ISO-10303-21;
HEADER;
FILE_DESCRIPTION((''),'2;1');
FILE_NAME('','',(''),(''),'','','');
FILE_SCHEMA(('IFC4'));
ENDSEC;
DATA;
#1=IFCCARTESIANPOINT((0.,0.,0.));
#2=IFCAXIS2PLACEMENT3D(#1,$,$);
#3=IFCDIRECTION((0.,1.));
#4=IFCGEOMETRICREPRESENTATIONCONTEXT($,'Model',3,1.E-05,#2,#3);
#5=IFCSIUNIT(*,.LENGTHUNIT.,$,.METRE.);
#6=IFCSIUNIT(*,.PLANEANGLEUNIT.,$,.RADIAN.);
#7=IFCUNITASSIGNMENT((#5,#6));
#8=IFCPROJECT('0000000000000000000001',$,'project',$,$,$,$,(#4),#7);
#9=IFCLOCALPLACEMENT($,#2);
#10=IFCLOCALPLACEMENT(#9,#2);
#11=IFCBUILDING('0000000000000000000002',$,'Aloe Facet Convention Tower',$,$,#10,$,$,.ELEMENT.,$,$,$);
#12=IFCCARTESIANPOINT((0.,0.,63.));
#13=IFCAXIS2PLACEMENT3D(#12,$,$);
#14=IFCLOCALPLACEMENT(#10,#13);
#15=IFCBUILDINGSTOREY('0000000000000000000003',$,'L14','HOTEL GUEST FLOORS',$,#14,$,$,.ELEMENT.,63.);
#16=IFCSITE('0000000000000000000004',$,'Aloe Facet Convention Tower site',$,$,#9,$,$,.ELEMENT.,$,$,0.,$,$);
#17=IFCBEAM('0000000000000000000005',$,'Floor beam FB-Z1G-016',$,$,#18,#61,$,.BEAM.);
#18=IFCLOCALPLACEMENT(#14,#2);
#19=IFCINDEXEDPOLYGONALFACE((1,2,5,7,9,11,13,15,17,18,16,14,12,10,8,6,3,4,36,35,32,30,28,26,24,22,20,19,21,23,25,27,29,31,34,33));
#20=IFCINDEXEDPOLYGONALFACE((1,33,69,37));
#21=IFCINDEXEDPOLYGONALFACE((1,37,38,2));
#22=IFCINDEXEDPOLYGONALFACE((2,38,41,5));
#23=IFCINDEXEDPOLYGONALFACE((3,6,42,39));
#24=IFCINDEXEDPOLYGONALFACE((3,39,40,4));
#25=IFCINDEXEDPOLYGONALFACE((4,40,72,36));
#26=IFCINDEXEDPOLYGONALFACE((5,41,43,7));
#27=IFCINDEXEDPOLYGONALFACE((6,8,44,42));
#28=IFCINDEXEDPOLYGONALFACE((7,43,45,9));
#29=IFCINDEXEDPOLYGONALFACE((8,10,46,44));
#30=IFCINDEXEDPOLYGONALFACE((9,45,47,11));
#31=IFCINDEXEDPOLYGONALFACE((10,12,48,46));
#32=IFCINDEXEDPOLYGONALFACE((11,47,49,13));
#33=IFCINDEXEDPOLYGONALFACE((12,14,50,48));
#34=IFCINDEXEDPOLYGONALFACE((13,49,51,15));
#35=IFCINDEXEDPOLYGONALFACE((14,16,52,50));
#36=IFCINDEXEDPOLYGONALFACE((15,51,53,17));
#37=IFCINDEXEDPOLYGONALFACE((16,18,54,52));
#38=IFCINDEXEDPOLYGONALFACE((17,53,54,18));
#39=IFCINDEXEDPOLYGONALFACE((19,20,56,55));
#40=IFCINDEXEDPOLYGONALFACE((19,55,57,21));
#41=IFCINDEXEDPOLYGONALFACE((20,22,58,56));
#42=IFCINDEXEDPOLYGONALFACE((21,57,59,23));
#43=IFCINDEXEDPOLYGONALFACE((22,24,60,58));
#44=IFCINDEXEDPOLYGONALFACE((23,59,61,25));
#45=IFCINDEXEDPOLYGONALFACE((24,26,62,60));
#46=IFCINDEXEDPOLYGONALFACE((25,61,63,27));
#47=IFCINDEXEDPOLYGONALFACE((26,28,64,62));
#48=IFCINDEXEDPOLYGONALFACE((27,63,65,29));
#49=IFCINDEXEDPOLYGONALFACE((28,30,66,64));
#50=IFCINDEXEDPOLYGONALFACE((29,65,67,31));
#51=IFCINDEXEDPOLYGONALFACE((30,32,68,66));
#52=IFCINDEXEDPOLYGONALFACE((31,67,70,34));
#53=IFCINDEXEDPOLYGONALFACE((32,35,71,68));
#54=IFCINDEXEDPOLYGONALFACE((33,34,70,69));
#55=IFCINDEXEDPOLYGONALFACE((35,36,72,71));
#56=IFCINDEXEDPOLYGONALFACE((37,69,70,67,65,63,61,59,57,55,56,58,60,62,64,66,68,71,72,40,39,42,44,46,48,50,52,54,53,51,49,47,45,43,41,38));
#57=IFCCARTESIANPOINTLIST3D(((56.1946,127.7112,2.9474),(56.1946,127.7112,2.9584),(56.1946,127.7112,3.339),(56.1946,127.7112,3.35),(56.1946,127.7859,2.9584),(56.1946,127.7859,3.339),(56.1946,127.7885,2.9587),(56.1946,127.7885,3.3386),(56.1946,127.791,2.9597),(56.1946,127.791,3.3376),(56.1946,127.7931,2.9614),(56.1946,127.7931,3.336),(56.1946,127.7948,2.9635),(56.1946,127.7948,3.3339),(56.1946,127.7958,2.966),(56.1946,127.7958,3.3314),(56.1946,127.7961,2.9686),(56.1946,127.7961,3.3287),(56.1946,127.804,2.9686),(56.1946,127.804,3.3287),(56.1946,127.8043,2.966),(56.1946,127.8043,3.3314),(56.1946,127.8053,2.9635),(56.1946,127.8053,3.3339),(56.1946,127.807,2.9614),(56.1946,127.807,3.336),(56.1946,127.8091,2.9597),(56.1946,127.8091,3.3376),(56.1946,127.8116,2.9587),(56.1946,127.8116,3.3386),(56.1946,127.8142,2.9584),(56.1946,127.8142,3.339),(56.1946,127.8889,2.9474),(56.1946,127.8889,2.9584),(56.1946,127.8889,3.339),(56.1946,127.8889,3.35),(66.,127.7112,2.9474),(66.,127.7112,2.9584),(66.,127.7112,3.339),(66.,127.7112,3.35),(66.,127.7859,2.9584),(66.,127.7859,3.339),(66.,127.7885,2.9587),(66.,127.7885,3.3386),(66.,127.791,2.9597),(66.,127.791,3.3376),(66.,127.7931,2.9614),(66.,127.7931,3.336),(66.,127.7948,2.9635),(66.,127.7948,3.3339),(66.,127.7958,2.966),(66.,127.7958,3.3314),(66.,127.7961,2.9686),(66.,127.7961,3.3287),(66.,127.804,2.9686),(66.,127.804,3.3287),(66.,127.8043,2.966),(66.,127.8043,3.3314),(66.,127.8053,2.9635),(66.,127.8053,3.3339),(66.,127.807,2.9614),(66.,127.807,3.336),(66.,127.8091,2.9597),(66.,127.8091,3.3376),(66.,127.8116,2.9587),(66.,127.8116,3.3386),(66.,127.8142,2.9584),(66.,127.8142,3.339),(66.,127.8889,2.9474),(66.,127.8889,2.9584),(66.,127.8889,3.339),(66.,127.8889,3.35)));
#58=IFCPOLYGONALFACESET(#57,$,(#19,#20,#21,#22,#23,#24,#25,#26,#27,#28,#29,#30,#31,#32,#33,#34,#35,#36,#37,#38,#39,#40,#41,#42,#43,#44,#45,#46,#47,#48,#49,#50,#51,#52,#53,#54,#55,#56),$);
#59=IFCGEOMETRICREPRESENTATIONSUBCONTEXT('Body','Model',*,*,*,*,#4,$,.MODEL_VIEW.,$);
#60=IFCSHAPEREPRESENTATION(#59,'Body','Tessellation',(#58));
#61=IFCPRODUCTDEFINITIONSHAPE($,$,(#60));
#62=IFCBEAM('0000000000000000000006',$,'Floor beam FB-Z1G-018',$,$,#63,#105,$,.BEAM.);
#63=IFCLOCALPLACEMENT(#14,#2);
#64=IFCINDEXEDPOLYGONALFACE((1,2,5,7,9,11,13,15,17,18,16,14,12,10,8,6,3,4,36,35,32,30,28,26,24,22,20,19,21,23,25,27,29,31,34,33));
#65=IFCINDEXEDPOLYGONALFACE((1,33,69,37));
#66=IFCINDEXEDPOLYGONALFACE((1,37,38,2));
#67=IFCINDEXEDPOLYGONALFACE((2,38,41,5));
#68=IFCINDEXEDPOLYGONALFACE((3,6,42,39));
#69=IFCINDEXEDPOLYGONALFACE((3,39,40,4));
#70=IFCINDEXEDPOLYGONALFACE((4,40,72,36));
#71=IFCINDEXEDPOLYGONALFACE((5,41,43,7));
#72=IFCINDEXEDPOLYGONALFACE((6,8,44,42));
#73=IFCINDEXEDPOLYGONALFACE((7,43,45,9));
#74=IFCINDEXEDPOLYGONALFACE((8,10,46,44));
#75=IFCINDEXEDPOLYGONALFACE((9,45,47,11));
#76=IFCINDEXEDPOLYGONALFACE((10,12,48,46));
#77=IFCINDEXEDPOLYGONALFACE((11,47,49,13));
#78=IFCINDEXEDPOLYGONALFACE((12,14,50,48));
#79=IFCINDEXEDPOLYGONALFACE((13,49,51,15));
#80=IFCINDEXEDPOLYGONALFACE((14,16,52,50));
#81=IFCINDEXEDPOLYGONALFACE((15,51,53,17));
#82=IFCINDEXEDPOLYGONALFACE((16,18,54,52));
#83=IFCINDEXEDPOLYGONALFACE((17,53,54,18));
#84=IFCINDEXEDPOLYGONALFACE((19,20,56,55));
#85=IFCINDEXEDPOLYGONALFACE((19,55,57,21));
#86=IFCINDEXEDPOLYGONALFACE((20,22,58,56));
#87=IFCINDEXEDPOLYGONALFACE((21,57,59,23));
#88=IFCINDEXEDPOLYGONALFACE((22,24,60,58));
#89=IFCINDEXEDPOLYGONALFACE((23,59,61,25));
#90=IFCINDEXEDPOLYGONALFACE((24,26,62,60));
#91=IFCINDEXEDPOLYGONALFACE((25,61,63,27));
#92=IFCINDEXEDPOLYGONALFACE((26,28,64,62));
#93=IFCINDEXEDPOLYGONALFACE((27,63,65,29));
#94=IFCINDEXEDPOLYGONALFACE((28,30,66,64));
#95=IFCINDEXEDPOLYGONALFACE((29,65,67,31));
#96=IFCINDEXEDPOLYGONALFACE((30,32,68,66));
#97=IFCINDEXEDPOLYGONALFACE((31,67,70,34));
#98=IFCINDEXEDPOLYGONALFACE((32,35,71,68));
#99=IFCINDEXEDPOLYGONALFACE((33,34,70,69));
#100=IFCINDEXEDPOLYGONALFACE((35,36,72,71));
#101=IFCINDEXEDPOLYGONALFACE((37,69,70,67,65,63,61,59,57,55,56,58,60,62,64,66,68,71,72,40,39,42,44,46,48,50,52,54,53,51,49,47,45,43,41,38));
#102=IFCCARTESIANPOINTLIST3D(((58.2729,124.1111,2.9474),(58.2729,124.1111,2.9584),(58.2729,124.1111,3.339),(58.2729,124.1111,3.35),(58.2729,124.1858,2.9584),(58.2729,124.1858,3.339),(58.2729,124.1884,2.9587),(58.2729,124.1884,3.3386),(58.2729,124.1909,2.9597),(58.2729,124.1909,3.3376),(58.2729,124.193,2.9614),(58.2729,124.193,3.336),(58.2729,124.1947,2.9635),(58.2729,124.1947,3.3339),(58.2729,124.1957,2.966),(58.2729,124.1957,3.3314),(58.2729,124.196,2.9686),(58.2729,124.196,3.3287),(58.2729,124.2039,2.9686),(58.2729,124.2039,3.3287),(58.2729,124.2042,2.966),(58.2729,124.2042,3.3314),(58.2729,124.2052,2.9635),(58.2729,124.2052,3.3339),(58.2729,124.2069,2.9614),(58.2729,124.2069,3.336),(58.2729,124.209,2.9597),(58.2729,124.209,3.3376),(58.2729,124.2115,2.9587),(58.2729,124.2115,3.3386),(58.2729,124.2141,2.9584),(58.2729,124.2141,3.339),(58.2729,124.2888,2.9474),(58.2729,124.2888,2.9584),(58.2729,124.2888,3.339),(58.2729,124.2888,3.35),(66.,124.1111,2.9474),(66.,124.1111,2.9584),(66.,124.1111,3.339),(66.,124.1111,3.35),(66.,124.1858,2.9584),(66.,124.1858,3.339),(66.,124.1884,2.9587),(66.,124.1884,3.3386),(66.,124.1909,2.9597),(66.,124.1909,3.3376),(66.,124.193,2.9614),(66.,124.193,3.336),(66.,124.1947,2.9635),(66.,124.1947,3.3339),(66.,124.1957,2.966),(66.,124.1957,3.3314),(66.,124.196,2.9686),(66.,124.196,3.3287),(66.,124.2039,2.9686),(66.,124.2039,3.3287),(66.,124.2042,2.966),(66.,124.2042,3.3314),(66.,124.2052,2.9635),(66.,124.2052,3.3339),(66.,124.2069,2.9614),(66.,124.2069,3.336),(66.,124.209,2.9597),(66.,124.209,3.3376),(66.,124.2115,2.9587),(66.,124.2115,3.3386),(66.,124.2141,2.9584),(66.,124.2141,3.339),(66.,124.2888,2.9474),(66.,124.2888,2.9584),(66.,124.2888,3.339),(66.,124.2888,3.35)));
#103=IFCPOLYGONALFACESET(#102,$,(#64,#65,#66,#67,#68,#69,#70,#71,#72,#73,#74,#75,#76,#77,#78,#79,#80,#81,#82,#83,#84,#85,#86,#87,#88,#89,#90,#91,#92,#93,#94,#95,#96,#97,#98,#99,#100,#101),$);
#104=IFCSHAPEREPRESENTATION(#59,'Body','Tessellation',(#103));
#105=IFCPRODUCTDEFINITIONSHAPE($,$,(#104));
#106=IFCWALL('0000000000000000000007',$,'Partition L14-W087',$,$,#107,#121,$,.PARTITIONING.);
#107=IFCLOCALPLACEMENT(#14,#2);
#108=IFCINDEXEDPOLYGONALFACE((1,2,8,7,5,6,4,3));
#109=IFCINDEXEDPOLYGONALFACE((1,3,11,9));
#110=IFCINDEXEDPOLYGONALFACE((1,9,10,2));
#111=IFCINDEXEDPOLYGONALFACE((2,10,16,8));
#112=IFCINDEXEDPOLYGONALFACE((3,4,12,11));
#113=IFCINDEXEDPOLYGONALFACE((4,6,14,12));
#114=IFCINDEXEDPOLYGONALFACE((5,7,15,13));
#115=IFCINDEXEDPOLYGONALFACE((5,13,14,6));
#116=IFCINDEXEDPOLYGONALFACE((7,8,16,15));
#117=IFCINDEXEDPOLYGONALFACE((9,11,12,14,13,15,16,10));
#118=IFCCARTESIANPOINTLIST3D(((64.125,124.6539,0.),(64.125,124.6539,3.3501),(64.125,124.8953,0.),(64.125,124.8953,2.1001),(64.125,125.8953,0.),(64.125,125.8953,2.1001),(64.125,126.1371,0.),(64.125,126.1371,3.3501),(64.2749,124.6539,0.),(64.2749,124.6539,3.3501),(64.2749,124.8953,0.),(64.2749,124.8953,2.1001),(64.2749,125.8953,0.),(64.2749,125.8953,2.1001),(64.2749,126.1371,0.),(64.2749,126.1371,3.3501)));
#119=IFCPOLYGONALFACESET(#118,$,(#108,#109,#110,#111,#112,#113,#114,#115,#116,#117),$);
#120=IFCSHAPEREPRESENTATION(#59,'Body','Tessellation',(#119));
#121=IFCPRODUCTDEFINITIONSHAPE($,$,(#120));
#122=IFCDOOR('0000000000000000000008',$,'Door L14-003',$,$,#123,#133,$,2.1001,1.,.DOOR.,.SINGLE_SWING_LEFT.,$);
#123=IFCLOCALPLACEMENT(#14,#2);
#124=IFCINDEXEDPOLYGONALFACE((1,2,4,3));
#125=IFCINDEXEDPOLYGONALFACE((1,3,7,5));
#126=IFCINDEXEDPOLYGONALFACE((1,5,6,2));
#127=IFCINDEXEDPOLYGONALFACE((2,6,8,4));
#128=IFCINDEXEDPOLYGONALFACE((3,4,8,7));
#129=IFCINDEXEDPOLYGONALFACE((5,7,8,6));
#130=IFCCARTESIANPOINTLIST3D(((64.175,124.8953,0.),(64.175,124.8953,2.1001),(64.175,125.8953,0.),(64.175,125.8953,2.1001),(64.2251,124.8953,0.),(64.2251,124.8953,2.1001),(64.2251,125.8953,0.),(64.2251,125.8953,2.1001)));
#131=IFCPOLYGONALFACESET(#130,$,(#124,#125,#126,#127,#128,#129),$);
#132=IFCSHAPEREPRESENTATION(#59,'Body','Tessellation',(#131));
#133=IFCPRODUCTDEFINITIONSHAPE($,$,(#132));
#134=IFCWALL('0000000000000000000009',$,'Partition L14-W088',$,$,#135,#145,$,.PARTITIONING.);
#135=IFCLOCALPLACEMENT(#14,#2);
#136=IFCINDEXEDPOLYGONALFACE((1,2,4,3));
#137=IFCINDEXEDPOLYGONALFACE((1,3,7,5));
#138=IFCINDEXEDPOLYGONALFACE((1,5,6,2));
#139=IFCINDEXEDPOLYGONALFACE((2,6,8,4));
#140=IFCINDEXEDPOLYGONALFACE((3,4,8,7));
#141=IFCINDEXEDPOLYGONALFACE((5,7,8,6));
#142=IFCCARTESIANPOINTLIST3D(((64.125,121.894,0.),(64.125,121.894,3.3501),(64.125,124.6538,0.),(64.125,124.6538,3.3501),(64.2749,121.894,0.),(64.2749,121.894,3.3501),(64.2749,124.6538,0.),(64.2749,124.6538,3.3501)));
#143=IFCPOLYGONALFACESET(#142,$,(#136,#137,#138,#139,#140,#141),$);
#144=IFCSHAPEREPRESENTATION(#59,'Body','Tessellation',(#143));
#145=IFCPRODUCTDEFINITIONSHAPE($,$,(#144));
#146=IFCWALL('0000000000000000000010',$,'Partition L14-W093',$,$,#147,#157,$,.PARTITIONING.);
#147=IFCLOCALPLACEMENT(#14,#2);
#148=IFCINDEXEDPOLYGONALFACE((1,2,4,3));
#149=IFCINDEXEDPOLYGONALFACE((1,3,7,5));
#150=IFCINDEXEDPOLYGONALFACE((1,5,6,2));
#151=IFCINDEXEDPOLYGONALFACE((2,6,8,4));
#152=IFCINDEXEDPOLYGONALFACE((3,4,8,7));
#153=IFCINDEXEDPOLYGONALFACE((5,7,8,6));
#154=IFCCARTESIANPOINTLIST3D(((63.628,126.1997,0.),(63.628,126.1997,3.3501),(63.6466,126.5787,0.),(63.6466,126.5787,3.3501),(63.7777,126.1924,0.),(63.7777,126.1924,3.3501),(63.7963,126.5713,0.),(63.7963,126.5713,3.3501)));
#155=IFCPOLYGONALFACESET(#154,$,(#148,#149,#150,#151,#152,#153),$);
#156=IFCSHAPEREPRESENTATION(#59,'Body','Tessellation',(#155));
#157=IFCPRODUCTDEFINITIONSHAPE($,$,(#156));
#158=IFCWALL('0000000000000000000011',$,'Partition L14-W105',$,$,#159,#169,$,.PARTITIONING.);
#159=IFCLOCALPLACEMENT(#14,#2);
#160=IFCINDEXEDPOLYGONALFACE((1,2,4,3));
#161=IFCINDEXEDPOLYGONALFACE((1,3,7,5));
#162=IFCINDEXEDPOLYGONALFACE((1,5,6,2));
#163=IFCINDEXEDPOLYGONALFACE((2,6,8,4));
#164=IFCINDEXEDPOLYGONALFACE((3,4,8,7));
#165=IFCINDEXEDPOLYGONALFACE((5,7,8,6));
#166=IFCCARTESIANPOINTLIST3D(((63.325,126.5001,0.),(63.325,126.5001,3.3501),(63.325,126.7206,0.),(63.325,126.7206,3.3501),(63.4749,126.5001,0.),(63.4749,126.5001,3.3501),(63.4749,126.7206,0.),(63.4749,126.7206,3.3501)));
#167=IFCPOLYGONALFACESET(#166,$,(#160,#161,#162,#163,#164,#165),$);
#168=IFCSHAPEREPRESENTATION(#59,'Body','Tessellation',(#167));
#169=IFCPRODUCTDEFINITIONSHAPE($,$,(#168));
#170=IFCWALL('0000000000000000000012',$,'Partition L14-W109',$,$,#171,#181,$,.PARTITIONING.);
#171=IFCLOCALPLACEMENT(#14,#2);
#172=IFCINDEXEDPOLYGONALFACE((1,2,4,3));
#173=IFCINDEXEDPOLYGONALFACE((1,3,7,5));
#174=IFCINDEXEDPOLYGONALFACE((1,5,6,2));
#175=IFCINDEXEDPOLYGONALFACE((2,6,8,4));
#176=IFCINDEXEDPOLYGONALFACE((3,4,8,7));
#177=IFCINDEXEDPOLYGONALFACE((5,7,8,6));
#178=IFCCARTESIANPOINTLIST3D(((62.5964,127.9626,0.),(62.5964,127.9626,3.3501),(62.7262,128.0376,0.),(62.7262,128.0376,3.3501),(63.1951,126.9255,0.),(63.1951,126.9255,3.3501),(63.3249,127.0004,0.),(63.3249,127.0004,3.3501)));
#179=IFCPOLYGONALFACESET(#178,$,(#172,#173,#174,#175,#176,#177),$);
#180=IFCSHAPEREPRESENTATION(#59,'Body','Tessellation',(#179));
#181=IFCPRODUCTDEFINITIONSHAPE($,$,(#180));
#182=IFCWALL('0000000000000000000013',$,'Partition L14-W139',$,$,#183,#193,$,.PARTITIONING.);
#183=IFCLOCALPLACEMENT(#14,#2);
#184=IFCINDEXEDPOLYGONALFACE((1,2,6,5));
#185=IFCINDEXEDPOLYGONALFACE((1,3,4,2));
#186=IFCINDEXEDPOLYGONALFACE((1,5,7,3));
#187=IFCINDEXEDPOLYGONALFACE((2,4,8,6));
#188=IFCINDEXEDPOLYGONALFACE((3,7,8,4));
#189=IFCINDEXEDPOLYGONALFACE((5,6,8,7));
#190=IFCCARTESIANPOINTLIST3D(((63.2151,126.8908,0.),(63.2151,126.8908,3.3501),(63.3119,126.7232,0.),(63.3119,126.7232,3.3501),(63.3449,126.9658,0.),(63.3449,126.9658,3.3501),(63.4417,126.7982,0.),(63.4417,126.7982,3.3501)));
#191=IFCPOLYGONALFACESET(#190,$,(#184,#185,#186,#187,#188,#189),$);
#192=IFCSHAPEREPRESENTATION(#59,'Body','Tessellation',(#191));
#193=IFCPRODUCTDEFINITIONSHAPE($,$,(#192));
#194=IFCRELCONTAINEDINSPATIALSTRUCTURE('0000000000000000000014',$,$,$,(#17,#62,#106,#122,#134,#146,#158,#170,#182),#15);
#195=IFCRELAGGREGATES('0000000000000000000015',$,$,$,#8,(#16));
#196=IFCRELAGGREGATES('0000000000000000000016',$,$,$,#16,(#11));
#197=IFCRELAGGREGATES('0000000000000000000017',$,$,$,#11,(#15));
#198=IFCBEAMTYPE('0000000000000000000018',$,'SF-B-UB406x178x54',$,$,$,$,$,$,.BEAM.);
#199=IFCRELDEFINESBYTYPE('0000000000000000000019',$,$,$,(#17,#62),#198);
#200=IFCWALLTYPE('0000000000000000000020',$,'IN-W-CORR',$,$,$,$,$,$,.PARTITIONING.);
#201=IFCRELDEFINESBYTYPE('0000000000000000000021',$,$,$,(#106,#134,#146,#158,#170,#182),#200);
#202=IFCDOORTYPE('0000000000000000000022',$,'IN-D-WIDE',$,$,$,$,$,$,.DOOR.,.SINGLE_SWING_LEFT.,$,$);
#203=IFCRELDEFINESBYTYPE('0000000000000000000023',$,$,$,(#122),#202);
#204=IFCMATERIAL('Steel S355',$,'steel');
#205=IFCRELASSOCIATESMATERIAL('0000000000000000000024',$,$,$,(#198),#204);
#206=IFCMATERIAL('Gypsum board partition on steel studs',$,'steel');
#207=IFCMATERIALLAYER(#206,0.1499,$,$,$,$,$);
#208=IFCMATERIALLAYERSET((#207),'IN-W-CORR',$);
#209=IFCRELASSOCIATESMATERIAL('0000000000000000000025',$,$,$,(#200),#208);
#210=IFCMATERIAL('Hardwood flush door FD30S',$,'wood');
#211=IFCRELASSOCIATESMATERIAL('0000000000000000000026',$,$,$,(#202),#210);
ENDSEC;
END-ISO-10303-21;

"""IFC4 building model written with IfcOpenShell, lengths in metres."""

from ifc_helpers import new_model, si_unit, direction, frame, frame_2d, origin, origin_2d, place, context, subcontext, project, spatial, rectangle, i_section, extrude, material, layer, layer_set, material_profile, profile_set, type_object, element, fill, save


model = new_model("IFC4")

# Units and contexts
model_context = context("Model", 3, precision=1e-05, world=origin(), true_north=direction((0.0, 1.0)))
body_context = subcontext(model_context, "Body", "Model", "MODEL_VIEW")
ifc_project = project(units=[si_unit("LENGTHUNIT", "METRE"), si_unit("PLANEANGLEUNIT", "RADIAN")], contexts=[model_context])

# Site, building, storey
site_placement = place(None, origin())
site = spatial("IfcSite", under=ifc_project, at=site_placement, Name="Aloe Facet Convention Tower site", CompositionType="ELEMENT", RefElevation=0.0)
building_placement = place(site_placement, origin())
building = spatial("IfcBuilding", under=site, at=building_placement, Name="Aloe Facet Convention Tower", CompositionType="ELEMENT")
storey_placement = place(building_placement, frame((0.0, 0.0, 63.0)))
storey = spatial("IfcBuildingStorey", under=building, at=storey_placement, Name="L14", Description="HOTEL GUEST FLOORS", CompositionType="ELEMENT", Elevation=63.0)

# Beams
ifc_material_1 = material(Name="Steel S355", Category="steel")
ifc_material_profile = material_profile(ifc_material_1, i_section(OverallWidth=0.1777, OverallDepth=0.4026, WebThickness=0.0078, FlangeThickness=0.011, FilletRadius=0.0103, at=origin_2d()), Name="UB 406x178x54")
ifc_profile_set = profile_set([ifc_material_profile], Name="Steel S355")
beam_type = type_object("IfcBeamType", Name="SF-B-UB406x178x54", PredefinedType="BEAM", material=ifc_profile_set)
beam_1_placement = place(storey_placement, frame((56.1946, 127.8, 3.1487), z_axis=(1.0, 0.0, 0.0), x_axis=(0.0, 1.0, 0.0)))
element("IfcBeam", 1, at=beam_1_placement, inside=storey, type_object=beam_type, Name="Floor beam FB-Z1G-016", PredefinedType="BEAM", context=body_context, shape_type="SweptSolid", body=[
    extrude(i_section(OverallWidth=0.1777, OverallDepth=0.4026, WebThickness=0.0078, FlangeThickness=0.011, FilletRadius=0.0103, at=origin_2d()), origin(), (0.0, 0.0, 1.0), 9.8054),
])
beam_2_placement = place(storey_placement, frame((58.2729, 124.2, 3.1487), z_axis=(1.0, 0.0, 0.0), x_axis=(0.0, 1.0, 0.0)))
element("IfcBeam", 2, at=beam_2_placement, inside=storey, type_object=beam_type, Name="Floor beam FB-Z1G-018", PredefinedType="BEAM", context=body_context, shape_type="SweptSolid", body=[
    extrude(i_section(OverallWidth=0.1777, OverallDepth=0.4026, WebThickness=0.0078, FlangeThickness=0.011, FilletRadius=0.0103, at=origin_2d()), origin(), (0.0, 0.0, 1.0), 7.7271),
])

# Wall, opening, door
ifc_material_2 = material(Name="Gypsum board partition on steel studs", Category="steel")
ifc_layer_1 = layer(ifc_material_2, 0.1499)
ifc_layer_set_1 = layer_set([ifc_layer_1], Name="IN-W-CORR")
wall_type_1 = type_object("IfcWallType", Name="IN-W-CORR", PredefinedType="PARTITIONING", material=ifc_layer_set_1)
wall_1_placement = place(storey_placement, frame((64.2, 124.6538, 0.0), z_axis=(0.0, 0.0, 1.0), x_axis=(0.0, 1.0, 0.0)))
wall_1 = element("IfcWall", 3, at=wall_1_placement, inside=storey, type_object=wall_type_1, Name="Partition L14-W087", PredefinedType="PARTITIONING", context=body_context, shape_type="SweptSolid", body=[
    extrude(rectangle(XDim=1.4832, YDim=0.1499, at=frame_2d((0.7417, 0.0))), origin(), (0.0, 0.0, 1.0), 3.3501),
])
opening_1_placement = place(wall_1_placement, frame((0.2415, 0.0, 0.0)))
opening_1 = element("IfcOpeningElement", 4, at=opening_1_placement, cuts=wall_1, PredefinedType="OPENING", context=body_context, shape_type="SweptSolid", body=[
    extrude(rectangle(XDim=1.0, YDim=2.1001, at=frame_2d((0.5, 1.05))), frame((0.0, 0.085, 0.0), z_axis=(0.0, -1.0, 0.0), x_axis=(1.0, 0.0, 0.0)), (0.0, 0.0, 1.0), 0.1699),
])
ifc_material_3 = material(Name="Hardwood flush door FD30S", Category="wood")
door_type_1 = type_object("IfcDoorType", Name="IN-D-WIDE", OperationType="SINGLE_SWING_LEFT", PredefinedType="DOOR", material=ifc_material_3)
door_1_placement = place(opening_1_placement, origin())
door_1 = element("IfcDoor", 5, at=door_1_placement, inside=storey, type_object=door_type_1, Name="Door L14-003", OperationType="SINGLE_SWING_LEFT", OverallHeight=2.1001, OverallWidth=1.0, PredefinedType="DOOR", context=body_context, shape_type="SweptSolid", body=[
    extrude(rectangle(XDim=1.0, YDim=2.1001, at=frame_2d((0.5, 1.05))), frame((0.0, 0.0249, 0.0), z_axis=(0.0, -1.0, 0.0), x_axis=(1.0, 0.0, 0.0)), (0.0, 0.0, 1.0), 0.05),
])
fill(opening_1, door_1)

# Walls
wall_2_placement = place(storey_placement, frame((64.2, 121.894, 0.0), z_axis=(0.0, 0.0, 1.0), x_axis=(0.0, 1.0, 0.0)))
element("IfcWall", 6, at=wall_2_placement, inside=storey, type_object=wall_type_1, Name="Partition L14-W088", PredefinedType="PARTITIONING", context=body_context, shape_type="SweptSolid", body=[
    extrude(rectangle(XDim=2.7598, YDim=0.1499, at=frame_2d((1.3799, 0.0))), origin(), (0.0, 0.0, 1.0), 3.3501),
])
wall_3_placement = place(storey_placement, frame((63.7029, 126.196, 0.0), z_axis=(0.0, 0.0, 1.0), x_axis=(0.04891, 0.998803, 0.0)))
element("IfcWall", 7, at=wall_3_placement, inside=storey, type_object=wall_type_1, Name="Partition L14-W093", PredefinedType="PARTITIONING", context=body_context, shape_type="SweptSolid", body=[
    extrude(rectangle(XDim=0.3794, YDim=0.1499, at=frame_2d((0.1897, 0.0))), origin(), (0.0, 0.0, 1.0), 3.3501),
])
wall_4_placement = place(storey_placement, frame((63.3999, 126.5, 0.0), z_axis=(0.0, 0.0, 1.0), x_axis=(0.0, 1.0, 0.0)))
element("IfcWall", 8, at=wall_4_placement, inside=storey, type_object=wall_type_1, Name="Partition L14-W105", PredefinedType="PARTITIONING", context=body_context, shape_type="SweptSolid", body=[
    extrude(rectangle(XDim=0.2205, YDim=0.1499, at=frame_2d((0.1104, 0.0))), origin(), (0.0, 0.0, 1.0), 3.3501),
])
wall_5_placement = place(storey_placement, frame((62.6614, 128.0, 0.0), z_axis=(0.0, 0.0, 1.0), x_axis=(0.499911, -0.866077, 0.0)))
element("IfcWall", 9, at=wall_5_placement, inside=storey, type_object=wall_type_1, Name="Partition L14-W109", PredefinedType="PARTITIONING", context=body_context, shape_type="SweptSolid", body=[
    extrude(rectangle(XDim=1.1975, YDim=0.1499, at=frame_2d((0.5986, 0.0))), origin(), (0.0, 0.0, 1.0), 3.3501),
])
wall_6_placement = place(storey_placement, frame((63.28, 126.9282, 0.0), z_axis=(0.0, 0.0, 1.0), x_axis=(0.500341, -0.865829, 0.0)))
element("IfcWall", 10, at=wall_6_placement, inside=storey, type_object=wall_type_1, Name="Partition L14-W139", PredefinedType="PARTITIONING", context=body_context, shape_type="SweptSolid", body=[
    extrude(rectangle(XDim=0.1936, YDim=0.1499, at=frame_2d((0.0967, 0.0))), origin(), (0.0, 0.0, 1.0), 3.3501),
])

save(model, "model.ifc")
